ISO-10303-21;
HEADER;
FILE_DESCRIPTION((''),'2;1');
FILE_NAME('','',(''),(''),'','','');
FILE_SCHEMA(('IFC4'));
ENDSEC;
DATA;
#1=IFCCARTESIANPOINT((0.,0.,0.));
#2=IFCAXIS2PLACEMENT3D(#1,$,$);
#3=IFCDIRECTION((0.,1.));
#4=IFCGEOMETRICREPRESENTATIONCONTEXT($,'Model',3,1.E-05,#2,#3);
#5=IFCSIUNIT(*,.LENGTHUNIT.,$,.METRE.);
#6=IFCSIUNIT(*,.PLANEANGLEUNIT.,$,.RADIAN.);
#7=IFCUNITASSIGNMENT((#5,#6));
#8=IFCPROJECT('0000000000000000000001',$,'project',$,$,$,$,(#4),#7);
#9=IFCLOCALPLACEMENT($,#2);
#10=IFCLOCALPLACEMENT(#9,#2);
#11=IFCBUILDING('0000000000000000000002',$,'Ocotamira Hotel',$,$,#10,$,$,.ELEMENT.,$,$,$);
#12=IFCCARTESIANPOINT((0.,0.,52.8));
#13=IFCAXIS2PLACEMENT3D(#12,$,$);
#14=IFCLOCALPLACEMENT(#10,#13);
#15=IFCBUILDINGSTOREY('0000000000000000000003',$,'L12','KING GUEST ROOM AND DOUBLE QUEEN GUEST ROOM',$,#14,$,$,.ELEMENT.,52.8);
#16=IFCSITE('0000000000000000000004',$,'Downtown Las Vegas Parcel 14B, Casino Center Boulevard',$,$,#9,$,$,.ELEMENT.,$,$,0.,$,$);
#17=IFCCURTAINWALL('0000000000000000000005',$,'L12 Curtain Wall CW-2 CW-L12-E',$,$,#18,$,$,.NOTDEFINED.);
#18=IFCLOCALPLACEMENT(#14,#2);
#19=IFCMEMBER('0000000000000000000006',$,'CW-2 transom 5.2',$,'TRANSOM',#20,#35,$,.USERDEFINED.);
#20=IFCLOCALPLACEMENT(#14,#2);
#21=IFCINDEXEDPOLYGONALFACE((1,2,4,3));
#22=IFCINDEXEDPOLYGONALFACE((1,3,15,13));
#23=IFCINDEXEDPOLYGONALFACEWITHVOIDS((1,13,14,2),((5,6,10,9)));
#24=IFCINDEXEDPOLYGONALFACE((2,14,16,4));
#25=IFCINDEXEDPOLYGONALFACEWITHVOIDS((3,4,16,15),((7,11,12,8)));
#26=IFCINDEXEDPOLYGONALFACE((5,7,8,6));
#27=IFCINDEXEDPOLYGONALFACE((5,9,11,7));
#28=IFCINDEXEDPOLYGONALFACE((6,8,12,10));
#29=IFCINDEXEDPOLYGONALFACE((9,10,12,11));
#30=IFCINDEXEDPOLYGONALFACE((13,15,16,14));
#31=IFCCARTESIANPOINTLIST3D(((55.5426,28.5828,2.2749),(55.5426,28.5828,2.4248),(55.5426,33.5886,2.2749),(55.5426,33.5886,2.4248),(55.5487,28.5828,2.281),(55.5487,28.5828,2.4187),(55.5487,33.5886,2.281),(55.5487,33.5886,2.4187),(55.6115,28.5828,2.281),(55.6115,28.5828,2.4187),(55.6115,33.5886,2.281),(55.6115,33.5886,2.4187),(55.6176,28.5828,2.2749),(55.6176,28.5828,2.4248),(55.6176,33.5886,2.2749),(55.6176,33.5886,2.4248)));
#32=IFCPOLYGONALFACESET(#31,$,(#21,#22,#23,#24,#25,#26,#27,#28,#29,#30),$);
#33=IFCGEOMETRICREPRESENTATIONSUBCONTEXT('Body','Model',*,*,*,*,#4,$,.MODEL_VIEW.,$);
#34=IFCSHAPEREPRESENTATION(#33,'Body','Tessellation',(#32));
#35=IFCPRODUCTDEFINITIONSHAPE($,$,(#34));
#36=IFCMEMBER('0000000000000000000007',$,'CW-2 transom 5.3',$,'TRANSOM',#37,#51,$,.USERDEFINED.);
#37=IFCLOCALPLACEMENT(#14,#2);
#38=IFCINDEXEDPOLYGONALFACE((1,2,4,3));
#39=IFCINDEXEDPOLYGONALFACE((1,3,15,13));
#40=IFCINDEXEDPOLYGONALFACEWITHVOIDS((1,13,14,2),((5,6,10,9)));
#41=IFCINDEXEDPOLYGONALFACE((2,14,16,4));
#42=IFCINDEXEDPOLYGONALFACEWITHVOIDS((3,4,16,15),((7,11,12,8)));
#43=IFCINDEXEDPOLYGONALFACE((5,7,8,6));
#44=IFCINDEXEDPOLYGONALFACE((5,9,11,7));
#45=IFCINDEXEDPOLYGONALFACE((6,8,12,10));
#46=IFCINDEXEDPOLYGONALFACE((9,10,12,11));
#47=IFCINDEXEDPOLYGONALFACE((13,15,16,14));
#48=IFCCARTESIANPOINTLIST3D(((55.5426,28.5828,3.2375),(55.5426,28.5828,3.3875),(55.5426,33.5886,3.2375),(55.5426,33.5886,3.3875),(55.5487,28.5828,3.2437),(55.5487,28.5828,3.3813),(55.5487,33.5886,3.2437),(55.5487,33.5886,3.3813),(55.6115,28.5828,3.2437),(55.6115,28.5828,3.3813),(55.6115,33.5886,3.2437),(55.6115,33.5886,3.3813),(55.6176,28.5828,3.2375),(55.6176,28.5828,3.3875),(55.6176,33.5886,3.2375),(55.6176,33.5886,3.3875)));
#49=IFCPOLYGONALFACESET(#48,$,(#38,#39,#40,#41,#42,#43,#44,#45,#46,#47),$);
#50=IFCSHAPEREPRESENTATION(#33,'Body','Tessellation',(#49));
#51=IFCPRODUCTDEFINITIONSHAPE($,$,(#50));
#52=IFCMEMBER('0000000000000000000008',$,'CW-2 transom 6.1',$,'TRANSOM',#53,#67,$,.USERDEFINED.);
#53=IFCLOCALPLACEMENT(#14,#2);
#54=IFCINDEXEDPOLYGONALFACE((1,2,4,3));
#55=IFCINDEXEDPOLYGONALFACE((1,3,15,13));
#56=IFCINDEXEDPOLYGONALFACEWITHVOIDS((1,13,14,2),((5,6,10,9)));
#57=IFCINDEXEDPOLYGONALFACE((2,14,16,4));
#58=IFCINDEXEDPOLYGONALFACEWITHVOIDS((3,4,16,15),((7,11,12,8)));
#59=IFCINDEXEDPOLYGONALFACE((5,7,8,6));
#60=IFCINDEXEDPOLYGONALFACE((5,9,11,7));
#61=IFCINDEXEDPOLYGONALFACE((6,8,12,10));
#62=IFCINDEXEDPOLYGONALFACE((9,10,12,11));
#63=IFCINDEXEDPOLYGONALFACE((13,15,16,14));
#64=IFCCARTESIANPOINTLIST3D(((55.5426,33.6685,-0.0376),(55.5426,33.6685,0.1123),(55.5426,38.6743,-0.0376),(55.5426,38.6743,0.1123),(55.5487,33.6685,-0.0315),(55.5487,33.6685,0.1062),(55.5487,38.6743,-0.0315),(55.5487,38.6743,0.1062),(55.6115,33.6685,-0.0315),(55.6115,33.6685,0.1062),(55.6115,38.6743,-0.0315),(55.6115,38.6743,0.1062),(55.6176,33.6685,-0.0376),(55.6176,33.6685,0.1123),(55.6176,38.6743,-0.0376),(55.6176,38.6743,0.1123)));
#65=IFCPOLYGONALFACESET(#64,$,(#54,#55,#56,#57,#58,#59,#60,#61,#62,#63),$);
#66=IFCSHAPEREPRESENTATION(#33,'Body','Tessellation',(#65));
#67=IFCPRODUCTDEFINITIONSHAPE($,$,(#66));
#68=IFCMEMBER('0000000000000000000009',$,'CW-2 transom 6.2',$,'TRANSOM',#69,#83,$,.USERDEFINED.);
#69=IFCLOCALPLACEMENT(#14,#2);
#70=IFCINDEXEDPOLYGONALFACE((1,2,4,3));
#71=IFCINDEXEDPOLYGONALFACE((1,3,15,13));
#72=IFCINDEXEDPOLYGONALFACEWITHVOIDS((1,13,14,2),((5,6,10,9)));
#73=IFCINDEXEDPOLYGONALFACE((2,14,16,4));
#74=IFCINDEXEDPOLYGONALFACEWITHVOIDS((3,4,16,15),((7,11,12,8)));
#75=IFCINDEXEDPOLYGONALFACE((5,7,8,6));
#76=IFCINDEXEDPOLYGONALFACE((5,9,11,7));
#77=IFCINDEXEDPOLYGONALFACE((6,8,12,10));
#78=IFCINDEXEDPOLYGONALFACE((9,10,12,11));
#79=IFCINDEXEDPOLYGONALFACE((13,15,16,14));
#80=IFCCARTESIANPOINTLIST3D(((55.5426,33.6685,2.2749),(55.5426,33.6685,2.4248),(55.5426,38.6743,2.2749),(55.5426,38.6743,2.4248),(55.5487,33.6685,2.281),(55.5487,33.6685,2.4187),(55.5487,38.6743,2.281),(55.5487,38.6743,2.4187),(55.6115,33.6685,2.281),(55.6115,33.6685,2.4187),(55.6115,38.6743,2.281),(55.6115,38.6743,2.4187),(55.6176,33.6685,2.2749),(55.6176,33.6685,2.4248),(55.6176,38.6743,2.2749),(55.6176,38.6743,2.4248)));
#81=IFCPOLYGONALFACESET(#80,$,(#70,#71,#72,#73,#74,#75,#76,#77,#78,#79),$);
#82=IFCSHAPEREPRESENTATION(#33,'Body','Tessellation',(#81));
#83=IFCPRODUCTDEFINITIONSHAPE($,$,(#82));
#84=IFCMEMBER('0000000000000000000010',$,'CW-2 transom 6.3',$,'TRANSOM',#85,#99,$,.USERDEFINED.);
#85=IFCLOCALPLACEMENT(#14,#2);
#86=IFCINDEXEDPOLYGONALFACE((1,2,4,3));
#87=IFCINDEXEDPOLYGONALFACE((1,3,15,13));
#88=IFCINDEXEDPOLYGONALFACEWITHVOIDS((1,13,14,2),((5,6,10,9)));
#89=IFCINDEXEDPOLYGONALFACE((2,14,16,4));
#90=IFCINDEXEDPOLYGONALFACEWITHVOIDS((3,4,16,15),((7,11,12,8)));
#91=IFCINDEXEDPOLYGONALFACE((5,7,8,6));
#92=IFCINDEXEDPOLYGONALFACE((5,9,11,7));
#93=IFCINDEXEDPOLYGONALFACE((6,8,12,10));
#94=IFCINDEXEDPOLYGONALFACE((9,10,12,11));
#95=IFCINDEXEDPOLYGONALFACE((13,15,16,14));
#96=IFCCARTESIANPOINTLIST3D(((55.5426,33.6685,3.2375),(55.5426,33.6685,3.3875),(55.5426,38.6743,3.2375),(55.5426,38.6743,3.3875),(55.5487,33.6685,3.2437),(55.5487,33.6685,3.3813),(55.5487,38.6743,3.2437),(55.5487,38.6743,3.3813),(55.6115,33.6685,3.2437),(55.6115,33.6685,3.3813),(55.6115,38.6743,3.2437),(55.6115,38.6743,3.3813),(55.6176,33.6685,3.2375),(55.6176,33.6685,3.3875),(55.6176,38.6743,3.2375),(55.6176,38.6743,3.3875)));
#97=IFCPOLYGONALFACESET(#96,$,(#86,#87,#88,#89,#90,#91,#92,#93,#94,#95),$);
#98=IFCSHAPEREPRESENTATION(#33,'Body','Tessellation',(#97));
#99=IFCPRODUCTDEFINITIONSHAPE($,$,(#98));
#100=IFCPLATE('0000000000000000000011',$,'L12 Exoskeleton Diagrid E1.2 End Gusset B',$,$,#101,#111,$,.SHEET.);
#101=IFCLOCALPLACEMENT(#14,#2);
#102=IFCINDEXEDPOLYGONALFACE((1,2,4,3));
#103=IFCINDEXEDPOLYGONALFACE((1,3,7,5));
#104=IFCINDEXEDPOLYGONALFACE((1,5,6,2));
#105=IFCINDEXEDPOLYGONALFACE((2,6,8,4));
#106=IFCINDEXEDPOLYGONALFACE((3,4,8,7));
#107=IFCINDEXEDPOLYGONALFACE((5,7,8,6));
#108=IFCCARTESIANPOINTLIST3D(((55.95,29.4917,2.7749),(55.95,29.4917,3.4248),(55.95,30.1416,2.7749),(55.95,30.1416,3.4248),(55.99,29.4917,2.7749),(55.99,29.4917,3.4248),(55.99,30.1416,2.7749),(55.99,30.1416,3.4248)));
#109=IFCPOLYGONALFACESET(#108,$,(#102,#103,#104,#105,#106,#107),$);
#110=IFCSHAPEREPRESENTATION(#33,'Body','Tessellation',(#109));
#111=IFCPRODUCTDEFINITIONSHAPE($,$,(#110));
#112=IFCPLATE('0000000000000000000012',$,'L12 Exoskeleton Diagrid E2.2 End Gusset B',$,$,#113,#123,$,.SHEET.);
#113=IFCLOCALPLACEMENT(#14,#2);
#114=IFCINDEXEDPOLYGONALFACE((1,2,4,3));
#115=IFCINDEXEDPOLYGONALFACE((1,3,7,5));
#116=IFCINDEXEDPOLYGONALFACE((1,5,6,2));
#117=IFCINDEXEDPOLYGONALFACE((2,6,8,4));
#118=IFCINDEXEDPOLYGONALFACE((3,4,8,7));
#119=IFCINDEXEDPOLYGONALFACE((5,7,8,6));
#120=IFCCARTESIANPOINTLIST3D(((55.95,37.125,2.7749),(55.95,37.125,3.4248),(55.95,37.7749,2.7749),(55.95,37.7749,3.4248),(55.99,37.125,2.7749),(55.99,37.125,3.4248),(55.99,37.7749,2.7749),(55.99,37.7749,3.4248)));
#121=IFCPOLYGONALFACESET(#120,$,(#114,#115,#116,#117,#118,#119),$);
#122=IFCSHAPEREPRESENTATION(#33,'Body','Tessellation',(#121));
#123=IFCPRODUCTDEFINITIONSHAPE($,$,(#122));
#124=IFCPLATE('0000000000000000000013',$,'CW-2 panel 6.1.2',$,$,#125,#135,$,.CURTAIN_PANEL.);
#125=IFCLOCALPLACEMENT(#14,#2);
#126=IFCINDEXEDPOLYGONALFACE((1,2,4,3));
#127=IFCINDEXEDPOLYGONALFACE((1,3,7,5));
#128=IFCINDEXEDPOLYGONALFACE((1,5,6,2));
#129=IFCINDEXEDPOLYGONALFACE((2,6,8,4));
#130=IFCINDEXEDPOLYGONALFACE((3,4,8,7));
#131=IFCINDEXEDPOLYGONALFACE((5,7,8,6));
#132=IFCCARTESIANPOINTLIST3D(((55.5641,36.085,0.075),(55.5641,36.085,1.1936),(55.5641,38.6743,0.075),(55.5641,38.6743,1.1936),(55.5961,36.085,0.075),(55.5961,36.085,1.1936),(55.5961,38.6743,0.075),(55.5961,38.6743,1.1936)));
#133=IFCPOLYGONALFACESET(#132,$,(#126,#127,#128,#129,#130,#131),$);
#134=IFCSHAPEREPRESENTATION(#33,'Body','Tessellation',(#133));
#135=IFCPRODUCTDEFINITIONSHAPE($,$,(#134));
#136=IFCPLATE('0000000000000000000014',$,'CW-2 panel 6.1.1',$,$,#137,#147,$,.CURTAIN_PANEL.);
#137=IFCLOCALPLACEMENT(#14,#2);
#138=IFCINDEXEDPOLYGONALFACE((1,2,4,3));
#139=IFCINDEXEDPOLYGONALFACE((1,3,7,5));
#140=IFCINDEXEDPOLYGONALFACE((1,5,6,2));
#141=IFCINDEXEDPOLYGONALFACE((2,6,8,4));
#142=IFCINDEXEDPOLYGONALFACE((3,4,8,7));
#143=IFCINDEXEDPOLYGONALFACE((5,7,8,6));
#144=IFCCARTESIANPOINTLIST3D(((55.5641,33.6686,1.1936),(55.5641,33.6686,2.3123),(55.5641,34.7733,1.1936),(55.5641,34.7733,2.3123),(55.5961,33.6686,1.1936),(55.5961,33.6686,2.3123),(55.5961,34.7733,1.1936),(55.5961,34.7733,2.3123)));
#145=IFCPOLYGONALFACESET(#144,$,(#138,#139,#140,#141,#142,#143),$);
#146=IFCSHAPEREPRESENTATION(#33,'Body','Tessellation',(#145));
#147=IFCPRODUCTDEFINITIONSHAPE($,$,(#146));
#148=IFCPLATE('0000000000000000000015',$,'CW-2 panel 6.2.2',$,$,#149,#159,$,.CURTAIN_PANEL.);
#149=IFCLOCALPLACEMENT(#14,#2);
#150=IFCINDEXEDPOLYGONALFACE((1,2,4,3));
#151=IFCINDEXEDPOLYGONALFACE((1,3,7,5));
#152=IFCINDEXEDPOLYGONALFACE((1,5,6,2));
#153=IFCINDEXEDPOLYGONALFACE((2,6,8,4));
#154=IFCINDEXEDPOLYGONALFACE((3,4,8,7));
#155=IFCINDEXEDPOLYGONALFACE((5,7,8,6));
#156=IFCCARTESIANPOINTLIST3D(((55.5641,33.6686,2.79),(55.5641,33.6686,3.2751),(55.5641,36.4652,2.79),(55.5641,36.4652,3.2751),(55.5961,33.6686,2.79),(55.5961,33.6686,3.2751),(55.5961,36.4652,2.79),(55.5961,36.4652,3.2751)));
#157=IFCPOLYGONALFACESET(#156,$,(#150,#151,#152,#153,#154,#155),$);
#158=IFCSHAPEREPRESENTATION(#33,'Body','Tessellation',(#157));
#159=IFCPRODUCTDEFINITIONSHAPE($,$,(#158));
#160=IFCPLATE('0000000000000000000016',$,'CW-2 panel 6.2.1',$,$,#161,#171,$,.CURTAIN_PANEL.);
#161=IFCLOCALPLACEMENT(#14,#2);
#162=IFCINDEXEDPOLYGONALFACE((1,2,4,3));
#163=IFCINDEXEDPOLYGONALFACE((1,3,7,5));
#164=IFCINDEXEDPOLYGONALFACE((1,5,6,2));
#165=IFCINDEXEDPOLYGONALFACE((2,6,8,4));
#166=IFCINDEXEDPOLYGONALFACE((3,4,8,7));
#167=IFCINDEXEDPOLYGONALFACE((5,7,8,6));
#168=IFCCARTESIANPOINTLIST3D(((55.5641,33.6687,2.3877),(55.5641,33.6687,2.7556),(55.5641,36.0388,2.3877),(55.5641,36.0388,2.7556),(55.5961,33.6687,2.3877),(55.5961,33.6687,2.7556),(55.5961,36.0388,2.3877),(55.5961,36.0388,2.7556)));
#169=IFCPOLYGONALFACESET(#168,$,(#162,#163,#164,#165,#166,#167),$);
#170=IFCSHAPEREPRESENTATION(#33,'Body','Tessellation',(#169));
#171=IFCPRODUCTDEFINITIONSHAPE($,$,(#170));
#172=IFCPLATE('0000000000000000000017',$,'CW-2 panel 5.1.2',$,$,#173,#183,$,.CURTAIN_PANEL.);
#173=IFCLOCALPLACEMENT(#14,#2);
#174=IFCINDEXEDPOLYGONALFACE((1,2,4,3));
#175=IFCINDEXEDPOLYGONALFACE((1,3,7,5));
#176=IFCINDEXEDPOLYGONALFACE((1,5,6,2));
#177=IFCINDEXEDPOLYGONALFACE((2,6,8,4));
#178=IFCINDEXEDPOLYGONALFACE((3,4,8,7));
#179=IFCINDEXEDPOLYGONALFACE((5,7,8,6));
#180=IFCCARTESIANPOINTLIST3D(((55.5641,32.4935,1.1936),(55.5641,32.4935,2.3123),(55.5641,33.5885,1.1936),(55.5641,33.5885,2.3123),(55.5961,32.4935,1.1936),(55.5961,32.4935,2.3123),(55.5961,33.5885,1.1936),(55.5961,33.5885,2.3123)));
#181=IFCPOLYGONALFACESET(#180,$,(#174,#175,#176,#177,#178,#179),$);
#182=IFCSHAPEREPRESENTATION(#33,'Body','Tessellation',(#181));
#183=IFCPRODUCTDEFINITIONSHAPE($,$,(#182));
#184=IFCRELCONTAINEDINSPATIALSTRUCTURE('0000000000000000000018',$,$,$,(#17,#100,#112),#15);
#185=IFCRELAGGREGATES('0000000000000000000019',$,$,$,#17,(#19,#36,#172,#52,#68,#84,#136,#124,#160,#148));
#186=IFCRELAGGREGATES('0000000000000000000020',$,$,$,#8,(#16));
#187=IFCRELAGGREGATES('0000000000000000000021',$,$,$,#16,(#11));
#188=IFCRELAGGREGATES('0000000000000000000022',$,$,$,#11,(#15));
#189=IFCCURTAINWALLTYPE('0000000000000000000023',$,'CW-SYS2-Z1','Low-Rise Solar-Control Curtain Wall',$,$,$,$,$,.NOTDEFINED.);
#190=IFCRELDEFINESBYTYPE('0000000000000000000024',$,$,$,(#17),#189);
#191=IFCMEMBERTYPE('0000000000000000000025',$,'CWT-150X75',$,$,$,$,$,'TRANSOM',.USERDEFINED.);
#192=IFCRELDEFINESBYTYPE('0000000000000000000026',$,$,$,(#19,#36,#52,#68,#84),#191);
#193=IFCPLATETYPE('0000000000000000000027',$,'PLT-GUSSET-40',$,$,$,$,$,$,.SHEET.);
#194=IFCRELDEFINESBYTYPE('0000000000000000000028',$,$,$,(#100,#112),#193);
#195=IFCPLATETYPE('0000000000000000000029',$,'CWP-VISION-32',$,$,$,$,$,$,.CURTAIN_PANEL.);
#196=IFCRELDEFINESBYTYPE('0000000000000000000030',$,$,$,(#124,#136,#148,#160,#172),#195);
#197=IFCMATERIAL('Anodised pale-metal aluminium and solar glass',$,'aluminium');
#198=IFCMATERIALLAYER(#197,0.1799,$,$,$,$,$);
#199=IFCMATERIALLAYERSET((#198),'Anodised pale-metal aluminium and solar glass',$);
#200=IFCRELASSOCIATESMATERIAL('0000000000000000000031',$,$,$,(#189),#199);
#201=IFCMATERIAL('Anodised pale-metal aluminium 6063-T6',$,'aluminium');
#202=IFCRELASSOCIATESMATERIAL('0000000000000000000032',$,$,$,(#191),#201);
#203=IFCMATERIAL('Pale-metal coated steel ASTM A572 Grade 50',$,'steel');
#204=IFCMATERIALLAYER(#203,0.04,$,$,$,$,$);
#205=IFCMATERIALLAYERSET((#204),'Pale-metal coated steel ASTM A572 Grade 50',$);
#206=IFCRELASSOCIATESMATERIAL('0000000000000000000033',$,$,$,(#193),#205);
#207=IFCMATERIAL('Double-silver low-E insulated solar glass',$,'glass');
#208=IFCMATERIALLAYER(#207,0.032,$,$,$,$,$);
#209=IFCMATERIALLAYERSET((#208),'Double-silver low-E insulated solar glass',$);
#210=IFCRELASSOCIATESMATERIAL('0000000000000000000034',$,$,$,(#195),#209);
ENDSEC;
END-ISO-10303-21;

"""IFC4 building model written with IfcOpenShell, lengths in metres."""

from ifc_helpers import new_model, si_unit, direction, frame, origin, origin_2d, place, context, subcontext, project, spatial, rectangle, hollow_rectangle, extrude, source, transform, mapped, material, layer, layer_set, material_profile, profile_set, type_object, element, aggregate, save


model = new_model("IFC4")

# Units and contexts
model_context = context("Model", 3, precision=1e-05, world=origin(), true_north=direction((0.0, 1.0)))
body_context = subcontext(model_context, "Body", "Model", "MODEL_VIEW")
ifc_project = project(units=[si_unit("LENGTHUNIT", "METRE"), si_unit("PLANEANGLEUNIT", "RADIAN")], contexts=[model_context])

# Site, building, storey
site_placement = place(None, origin())
site = spatial("IfcSite", under=ifc_project, at=site_placement, Name="Downtown Las Vegas Parcel 14B, Casino Center Boulevard", CompositionType="ELEMENT", RefElevation=0.0)
building_placement = place(site_placement, origin())
building = spatial("IfcBuilding", under=site, at=building_placement, Name="Ocotamira Hotel", CompositionType="ELEMENT")
storey_placement = place(building_placement, frame((0.0, 0.0, 52.8)))
storey = spatial("IfcBuildingStorey", under=building, at=storey_placement, Name="L12", Description="KING GUEST ROOM AND DOUBLE QUEEN GUEST ROOM", CompositionType="ELEMENT", Elevation=52.8)

# Curtain wall, members
ifc_material_1 = material(Name="Anodised pale-metal aluminium and solar glass", Category="aluminium")
ifc_layer_1 = layer(ifc_material_1, 0.1799)
ifc_layer_set_1 = layer_set([ifc_layer_1], Name="Anodised pale-metal aluminium and solar glass")
curtain_wall_type = type_object("IfcCurtainWallType", Name="CW-SYS2-Z1", Description="Low-Rise Solar-Control Curtain Wall", PredefinedType="NOTDEFINED", material=ifc_layer_set_1)
curtain_wall_placement = place(storey_placement, origin())
curtain_wall = element("IfcCurtainWall", 1, at=curtain_wall_placement, inside=storey, type_object=curtain_wall_type, Name="L12 Curtain Wall CW-2 CW-L12-E", PredefinedType="NOTDEFINED")
ifc_material_2 = material(Name="Anodised pale-metal aluminium 6063-T6", Category="aluminium")
ifc_material_profile_1 = material_profile(ifc_material_2, hollow_rectangle(XDim=0.075, YDim=0.1499, WallThickness=0.0061, at=origin_2d()), Name="HSS150X75X6")
ifc_profile_set_1 = profile_set([ifc_material_profile_1], Name="Anodised pale-metal aluminium 6063-T6")
member_type_1 = type_object("IfcMemberType", Name="CWT-150X75", ElementType="TRANSOM", PredefinedType="USERDEFINED", material=ifc_profile_set_1)
shared_shape_1 = source(origin(), body_context, "Body", "SweptSolid", [
    extrude(hollow_rectangle(XDim=0.075, YDim=0.1499, WallThickness=0.0061, at=origin_2d()), origin(), (0.0, 0.0, 1.0), 5.0059),
])
member_1_placement = place(storey_placement, frame((55.5801, 28.5828, 2.3499), z_axis=(0.0, 1.0, 0.0), x_axis=(-1.0, 0.0, 0.0)))
member_1 = element("IfcMember", 2, at=member_1_placement, type_object=member_type_1, Name="CW-2 transom 5.2", ObjectType="TRANSOM", PredefinedType="USERDEFINED", context=body_context, shape_type="MappedRepresentation", body=[
    mapped(shared_shape_1, transform((0.0, 0.0, 0.0), scale=1.0)),
])
member_2_placement = place(storey_placement, frame((55.5801, 28.5828, 3.3125), z_axis=(0.0, 1.0, 0.0), x_axis=(-1.0, 0.0, 0.0)))
member_2 = element("IfcMember", 3, at=member_2_placement, type_object=member_type_1, Name="CW-2 transom 5.3", ObjectType="TRANSOM", PredefinedType="USERDEFINED", context=body_context, shape_type="MappedRepresentation", body=[
    mapped(shared_shape_1, transform((0.0, 0.0, 0.0), scale=1.0)),
])
member_3_placement = place(storey_placement, frame((55.5801, 33.6685, 0.0374), z_axis=(0.0, 1.0, 0.0), x_axis=(-1.0, 0.0, 0.0)))
member_3 = element("IfcMember", 4, at=member_3_placement, type_object=member_type_1, Name="CW-2 transom 6.1", ObjectType="TRANSOM", PredefinedType="USERDEFINED", context=body_context, shape_type="MappedRepresentation", body=[
    mapped(shared_shape_1, transform((0.0, 0.0, 0.0), scale=1.0)),
])
member_4_placement = place(storey_placement, frame((55.5801, 33.6685, 2.3499), z_axis=(0.0, 1.0, 0.0), x_axis=(-1.0, 0.0, 0.0)))
member_4 = element("IfcMember", 5, at=member_4_placement, type_object=member_type_1, Name="CW-2 transom 6.2", ObjectType="TRANSOM", PredefinedType="USERDEFINED", context=body_context, shape_type="MappedRepresentation", body=[
    mapped(shared_shape_1, transform((0.0, 0.0, 0.0), scale=1.0)),
])
member_5_placement = place(storey_placement, frame((55.5801, 33.6685, 3.3125), z_axis=(0.0, 1.0, 0.0), x_axis=(-1.0, 0.0, 0.0)))
member_5 = element("IfcMember", 6, at=member_5_placement, type_object=member_type_1, Name="CW-2 transom 6.3", ObjectType="TRANSOM", PredefinedType="USERDEFINED", context=body_context, shape_type="MappedRepresentation", body=[
    mapped(shared_shape_1, transform((0.0, 0.0, 0.0), scale=1.0)),
])

# Plates
ifc_material_3 = material(Name="Pale-metal coated steel ASTM A572 Grade 50", Category="steel")
ifc_layer_2 = layer(ifc_material_3, 0.04)
ifc_layer_set_2 = layer_set([ifc_layer_2], Name="Pale-metal coated steel ASTM A572 Grade 50")
plate_type_1 = type_object("IfcPlateType", Name="PLT-GUSSET-40", PredefinedType="SHEET", material=ifc_layer_set_2)
shared_shape_2 = source(origin(), body_context, "Body", "SweptSolid", [
    extrude(rectangle(XDim=0.04, YDim=0.6499, at=origin_2d()), origin(), (0.0, 0.0, 1.0), 0.6499),
])
for number, where, z_axis, x_axis, name in (
    (7, (55.97, 29.8167, 2.7749), (0.0, 0.0, 1.0), (1.0, 0.0, 0.0), "L12 Exoskeleton Diagrid E1.2 End Gusset B"),
    (8, (55.97, 37.45, 2.7749), (0.0, 0.0, 1.0), (1.0, 0.0, 0.0), "L12 Exoskeleton Diagrid E2.2 End Gusset B"),
):
    element("IfcPlate", number, at=place(storey_placement, frame(where, z_axis=z_axis, x_axis=x_axis)), inside=storey, type_object=plate_type_1, Name=name, PredefinedType="SHEET", context=body_context, shape_type="MappedRepresentation", body=[
        mapped(shared_shape_2, transform((0.0, 0.0, 0.0), scale=1.0)),
    ])

# Plates
ifc_material_4 = material(Name="Double-silver low-E insulated solar glass", Category="glass")
ifc_layer_3 = layer(ifc_material_4, 0.032)
ifc_layer_set_3 = layer_set([ifc_layer_3], Name="Double-silver low-E insulated solar glass")
plate_type_2 = type_object("IfcPlateType", Name="CWP-VISION-32", PredefinedType="CURTAIN_PANEL", material=ifc_layer_set_3)
shared_shape_3 = source(origin(), body_context, "Body", "SweptSolid", [
    extrude(rectangle(XDim=2.5894, YDim=0.032, at=origin_2d()), origin(), (0.0, 0.0, 1.0), 1.1187),
])
plate_1_placement = place(storey_placement, frame((55.5801, 37.3796, 0.075), z_axis=(0.0, 0.0, 1.0), x_axis=(0.0, 1.0, 0.0)))
plate_1 = element("IfcPlate", 9, at=plate_1_placement, type_object=plate_type_2, Name="CW-2 panel 6.1.2", PredefinedType="CURTAIN_PANEL", context=body_context, shape_type="MappedRepresentation", body=[
    mapped(shared_shape_3, transform((0.0, 0.0, 0.0), scale=1.0)),
])
shared_shape_4 = source(origin(), body_context, "Body", "SweptSolid", [
    extrude(rectangle(XDim=1.1047, YDim=0.032, at=origin_2d()), origin(), (0.0, 0.0, 1.0), 1.1187),
])
plate_2_placement = place(storey_placement, frame((55.5801, 34.2209, 1.1936), z_axis=(0.0, 0.0, 1.0), x_axis=(0.0, 1.0, 0.0)))
plate_2 = element("IfcPlate", 10, at=plate_2_placement, type_object=plate_type_2, Name="CW-2 panel 6.1.1", PredefinedType="CURTAIN_PANEL", context=body_context, shape_type="MappedRepresentation", body=[
    mapped(shared_shape_4, transform((0.0, 0.0, 0.0), scale=1.0)),
])
shared_shape_5 = source(origin(), body_context, "Body", "SweptSolid", [
    extrude(rectangle(XDim=2.7966, YDim=0.032, at=origin_2d()), origin(), (0.0, 0.0, 1.0), 0.4851),
])
plate_3_placement = place(storey_placement, frame((55.5801, 35.0669, 2.79), z_axis=(0.0, 0.0, 1.0), x_axis=(0.0, 1.0, 0.0)))
plate_3 = element("IfcPlate", 11, at=plate_3_placement, type_object=plate_type_2, Name="CW-2 panel 6.2.2", PredefinedType="CURTAIN_PANEL", context=body_context, shape_type="MappedRepresentation", body=[
    mapped(shared_shape_5, transform((0.0, 0.0, 0.0), scale=1.0)),
])
shared_shape_6 = source(origin(), body_context, "Body", "SweptSolid", [
    extrude(rectangle(XDim=2.3701, YDim=0.032, at=origin_2d()), origin(), (0.0, 0.0, 1.0), 0.3679),
])
plate_4_placement = place(storey_placement, frame((55.5801, 34.8538, 2.3877), z_axis=(0.0, 0.0, 1.0), x_axis=(0.0, 1.0, 0.0)))
plate_4 = element("IfcPlate", 12, at=plate_4_placement, type_object=plate_type_2, Name="CW-2 panel 6.2.1", PredefinedType="CURTAIN_PANEL", context=body_context, shape_type="MappedRepresentation", body=[
    mapped(shared_shape_6, transform((0.0, 0.0, 0.0), scale=1.0)),
])
shared_shape_7 = source(origin(), body_context, "Body", "SweptSolid", [
    extrude(rectangle(XDim=1.095, YDim=0.032, at=origin_2d()), origin(), (0.0, 0.0, 1.0), 1.1187),
])
plate_5_placement = place(storey_placement, frame((55.5801, 33.041, 1.1936), z_axis=(0.0, 0.0, 1.0), x_axis=(0.0, 1.0, 0.0)))
plate_5 = element("IfcPlate", 13, at=plate_5_placement, type_object=plate_type_2, Name="CW-2 panel 5.1.2", PredefinedType="CURTAIN_PANEL", context=body_context, shape_type="MappedRepresentation", body=[
    mapped(shared_shape_7, transform((0.0, 0.0, 0.0), scale=1.0)),
])
aggregate(curtain_wall, [member_1, member_2, plate_5, member_3, member_4, member_5, plate_2, plate_1, plate_4, plate_3])

save(model, "model.ifc")
